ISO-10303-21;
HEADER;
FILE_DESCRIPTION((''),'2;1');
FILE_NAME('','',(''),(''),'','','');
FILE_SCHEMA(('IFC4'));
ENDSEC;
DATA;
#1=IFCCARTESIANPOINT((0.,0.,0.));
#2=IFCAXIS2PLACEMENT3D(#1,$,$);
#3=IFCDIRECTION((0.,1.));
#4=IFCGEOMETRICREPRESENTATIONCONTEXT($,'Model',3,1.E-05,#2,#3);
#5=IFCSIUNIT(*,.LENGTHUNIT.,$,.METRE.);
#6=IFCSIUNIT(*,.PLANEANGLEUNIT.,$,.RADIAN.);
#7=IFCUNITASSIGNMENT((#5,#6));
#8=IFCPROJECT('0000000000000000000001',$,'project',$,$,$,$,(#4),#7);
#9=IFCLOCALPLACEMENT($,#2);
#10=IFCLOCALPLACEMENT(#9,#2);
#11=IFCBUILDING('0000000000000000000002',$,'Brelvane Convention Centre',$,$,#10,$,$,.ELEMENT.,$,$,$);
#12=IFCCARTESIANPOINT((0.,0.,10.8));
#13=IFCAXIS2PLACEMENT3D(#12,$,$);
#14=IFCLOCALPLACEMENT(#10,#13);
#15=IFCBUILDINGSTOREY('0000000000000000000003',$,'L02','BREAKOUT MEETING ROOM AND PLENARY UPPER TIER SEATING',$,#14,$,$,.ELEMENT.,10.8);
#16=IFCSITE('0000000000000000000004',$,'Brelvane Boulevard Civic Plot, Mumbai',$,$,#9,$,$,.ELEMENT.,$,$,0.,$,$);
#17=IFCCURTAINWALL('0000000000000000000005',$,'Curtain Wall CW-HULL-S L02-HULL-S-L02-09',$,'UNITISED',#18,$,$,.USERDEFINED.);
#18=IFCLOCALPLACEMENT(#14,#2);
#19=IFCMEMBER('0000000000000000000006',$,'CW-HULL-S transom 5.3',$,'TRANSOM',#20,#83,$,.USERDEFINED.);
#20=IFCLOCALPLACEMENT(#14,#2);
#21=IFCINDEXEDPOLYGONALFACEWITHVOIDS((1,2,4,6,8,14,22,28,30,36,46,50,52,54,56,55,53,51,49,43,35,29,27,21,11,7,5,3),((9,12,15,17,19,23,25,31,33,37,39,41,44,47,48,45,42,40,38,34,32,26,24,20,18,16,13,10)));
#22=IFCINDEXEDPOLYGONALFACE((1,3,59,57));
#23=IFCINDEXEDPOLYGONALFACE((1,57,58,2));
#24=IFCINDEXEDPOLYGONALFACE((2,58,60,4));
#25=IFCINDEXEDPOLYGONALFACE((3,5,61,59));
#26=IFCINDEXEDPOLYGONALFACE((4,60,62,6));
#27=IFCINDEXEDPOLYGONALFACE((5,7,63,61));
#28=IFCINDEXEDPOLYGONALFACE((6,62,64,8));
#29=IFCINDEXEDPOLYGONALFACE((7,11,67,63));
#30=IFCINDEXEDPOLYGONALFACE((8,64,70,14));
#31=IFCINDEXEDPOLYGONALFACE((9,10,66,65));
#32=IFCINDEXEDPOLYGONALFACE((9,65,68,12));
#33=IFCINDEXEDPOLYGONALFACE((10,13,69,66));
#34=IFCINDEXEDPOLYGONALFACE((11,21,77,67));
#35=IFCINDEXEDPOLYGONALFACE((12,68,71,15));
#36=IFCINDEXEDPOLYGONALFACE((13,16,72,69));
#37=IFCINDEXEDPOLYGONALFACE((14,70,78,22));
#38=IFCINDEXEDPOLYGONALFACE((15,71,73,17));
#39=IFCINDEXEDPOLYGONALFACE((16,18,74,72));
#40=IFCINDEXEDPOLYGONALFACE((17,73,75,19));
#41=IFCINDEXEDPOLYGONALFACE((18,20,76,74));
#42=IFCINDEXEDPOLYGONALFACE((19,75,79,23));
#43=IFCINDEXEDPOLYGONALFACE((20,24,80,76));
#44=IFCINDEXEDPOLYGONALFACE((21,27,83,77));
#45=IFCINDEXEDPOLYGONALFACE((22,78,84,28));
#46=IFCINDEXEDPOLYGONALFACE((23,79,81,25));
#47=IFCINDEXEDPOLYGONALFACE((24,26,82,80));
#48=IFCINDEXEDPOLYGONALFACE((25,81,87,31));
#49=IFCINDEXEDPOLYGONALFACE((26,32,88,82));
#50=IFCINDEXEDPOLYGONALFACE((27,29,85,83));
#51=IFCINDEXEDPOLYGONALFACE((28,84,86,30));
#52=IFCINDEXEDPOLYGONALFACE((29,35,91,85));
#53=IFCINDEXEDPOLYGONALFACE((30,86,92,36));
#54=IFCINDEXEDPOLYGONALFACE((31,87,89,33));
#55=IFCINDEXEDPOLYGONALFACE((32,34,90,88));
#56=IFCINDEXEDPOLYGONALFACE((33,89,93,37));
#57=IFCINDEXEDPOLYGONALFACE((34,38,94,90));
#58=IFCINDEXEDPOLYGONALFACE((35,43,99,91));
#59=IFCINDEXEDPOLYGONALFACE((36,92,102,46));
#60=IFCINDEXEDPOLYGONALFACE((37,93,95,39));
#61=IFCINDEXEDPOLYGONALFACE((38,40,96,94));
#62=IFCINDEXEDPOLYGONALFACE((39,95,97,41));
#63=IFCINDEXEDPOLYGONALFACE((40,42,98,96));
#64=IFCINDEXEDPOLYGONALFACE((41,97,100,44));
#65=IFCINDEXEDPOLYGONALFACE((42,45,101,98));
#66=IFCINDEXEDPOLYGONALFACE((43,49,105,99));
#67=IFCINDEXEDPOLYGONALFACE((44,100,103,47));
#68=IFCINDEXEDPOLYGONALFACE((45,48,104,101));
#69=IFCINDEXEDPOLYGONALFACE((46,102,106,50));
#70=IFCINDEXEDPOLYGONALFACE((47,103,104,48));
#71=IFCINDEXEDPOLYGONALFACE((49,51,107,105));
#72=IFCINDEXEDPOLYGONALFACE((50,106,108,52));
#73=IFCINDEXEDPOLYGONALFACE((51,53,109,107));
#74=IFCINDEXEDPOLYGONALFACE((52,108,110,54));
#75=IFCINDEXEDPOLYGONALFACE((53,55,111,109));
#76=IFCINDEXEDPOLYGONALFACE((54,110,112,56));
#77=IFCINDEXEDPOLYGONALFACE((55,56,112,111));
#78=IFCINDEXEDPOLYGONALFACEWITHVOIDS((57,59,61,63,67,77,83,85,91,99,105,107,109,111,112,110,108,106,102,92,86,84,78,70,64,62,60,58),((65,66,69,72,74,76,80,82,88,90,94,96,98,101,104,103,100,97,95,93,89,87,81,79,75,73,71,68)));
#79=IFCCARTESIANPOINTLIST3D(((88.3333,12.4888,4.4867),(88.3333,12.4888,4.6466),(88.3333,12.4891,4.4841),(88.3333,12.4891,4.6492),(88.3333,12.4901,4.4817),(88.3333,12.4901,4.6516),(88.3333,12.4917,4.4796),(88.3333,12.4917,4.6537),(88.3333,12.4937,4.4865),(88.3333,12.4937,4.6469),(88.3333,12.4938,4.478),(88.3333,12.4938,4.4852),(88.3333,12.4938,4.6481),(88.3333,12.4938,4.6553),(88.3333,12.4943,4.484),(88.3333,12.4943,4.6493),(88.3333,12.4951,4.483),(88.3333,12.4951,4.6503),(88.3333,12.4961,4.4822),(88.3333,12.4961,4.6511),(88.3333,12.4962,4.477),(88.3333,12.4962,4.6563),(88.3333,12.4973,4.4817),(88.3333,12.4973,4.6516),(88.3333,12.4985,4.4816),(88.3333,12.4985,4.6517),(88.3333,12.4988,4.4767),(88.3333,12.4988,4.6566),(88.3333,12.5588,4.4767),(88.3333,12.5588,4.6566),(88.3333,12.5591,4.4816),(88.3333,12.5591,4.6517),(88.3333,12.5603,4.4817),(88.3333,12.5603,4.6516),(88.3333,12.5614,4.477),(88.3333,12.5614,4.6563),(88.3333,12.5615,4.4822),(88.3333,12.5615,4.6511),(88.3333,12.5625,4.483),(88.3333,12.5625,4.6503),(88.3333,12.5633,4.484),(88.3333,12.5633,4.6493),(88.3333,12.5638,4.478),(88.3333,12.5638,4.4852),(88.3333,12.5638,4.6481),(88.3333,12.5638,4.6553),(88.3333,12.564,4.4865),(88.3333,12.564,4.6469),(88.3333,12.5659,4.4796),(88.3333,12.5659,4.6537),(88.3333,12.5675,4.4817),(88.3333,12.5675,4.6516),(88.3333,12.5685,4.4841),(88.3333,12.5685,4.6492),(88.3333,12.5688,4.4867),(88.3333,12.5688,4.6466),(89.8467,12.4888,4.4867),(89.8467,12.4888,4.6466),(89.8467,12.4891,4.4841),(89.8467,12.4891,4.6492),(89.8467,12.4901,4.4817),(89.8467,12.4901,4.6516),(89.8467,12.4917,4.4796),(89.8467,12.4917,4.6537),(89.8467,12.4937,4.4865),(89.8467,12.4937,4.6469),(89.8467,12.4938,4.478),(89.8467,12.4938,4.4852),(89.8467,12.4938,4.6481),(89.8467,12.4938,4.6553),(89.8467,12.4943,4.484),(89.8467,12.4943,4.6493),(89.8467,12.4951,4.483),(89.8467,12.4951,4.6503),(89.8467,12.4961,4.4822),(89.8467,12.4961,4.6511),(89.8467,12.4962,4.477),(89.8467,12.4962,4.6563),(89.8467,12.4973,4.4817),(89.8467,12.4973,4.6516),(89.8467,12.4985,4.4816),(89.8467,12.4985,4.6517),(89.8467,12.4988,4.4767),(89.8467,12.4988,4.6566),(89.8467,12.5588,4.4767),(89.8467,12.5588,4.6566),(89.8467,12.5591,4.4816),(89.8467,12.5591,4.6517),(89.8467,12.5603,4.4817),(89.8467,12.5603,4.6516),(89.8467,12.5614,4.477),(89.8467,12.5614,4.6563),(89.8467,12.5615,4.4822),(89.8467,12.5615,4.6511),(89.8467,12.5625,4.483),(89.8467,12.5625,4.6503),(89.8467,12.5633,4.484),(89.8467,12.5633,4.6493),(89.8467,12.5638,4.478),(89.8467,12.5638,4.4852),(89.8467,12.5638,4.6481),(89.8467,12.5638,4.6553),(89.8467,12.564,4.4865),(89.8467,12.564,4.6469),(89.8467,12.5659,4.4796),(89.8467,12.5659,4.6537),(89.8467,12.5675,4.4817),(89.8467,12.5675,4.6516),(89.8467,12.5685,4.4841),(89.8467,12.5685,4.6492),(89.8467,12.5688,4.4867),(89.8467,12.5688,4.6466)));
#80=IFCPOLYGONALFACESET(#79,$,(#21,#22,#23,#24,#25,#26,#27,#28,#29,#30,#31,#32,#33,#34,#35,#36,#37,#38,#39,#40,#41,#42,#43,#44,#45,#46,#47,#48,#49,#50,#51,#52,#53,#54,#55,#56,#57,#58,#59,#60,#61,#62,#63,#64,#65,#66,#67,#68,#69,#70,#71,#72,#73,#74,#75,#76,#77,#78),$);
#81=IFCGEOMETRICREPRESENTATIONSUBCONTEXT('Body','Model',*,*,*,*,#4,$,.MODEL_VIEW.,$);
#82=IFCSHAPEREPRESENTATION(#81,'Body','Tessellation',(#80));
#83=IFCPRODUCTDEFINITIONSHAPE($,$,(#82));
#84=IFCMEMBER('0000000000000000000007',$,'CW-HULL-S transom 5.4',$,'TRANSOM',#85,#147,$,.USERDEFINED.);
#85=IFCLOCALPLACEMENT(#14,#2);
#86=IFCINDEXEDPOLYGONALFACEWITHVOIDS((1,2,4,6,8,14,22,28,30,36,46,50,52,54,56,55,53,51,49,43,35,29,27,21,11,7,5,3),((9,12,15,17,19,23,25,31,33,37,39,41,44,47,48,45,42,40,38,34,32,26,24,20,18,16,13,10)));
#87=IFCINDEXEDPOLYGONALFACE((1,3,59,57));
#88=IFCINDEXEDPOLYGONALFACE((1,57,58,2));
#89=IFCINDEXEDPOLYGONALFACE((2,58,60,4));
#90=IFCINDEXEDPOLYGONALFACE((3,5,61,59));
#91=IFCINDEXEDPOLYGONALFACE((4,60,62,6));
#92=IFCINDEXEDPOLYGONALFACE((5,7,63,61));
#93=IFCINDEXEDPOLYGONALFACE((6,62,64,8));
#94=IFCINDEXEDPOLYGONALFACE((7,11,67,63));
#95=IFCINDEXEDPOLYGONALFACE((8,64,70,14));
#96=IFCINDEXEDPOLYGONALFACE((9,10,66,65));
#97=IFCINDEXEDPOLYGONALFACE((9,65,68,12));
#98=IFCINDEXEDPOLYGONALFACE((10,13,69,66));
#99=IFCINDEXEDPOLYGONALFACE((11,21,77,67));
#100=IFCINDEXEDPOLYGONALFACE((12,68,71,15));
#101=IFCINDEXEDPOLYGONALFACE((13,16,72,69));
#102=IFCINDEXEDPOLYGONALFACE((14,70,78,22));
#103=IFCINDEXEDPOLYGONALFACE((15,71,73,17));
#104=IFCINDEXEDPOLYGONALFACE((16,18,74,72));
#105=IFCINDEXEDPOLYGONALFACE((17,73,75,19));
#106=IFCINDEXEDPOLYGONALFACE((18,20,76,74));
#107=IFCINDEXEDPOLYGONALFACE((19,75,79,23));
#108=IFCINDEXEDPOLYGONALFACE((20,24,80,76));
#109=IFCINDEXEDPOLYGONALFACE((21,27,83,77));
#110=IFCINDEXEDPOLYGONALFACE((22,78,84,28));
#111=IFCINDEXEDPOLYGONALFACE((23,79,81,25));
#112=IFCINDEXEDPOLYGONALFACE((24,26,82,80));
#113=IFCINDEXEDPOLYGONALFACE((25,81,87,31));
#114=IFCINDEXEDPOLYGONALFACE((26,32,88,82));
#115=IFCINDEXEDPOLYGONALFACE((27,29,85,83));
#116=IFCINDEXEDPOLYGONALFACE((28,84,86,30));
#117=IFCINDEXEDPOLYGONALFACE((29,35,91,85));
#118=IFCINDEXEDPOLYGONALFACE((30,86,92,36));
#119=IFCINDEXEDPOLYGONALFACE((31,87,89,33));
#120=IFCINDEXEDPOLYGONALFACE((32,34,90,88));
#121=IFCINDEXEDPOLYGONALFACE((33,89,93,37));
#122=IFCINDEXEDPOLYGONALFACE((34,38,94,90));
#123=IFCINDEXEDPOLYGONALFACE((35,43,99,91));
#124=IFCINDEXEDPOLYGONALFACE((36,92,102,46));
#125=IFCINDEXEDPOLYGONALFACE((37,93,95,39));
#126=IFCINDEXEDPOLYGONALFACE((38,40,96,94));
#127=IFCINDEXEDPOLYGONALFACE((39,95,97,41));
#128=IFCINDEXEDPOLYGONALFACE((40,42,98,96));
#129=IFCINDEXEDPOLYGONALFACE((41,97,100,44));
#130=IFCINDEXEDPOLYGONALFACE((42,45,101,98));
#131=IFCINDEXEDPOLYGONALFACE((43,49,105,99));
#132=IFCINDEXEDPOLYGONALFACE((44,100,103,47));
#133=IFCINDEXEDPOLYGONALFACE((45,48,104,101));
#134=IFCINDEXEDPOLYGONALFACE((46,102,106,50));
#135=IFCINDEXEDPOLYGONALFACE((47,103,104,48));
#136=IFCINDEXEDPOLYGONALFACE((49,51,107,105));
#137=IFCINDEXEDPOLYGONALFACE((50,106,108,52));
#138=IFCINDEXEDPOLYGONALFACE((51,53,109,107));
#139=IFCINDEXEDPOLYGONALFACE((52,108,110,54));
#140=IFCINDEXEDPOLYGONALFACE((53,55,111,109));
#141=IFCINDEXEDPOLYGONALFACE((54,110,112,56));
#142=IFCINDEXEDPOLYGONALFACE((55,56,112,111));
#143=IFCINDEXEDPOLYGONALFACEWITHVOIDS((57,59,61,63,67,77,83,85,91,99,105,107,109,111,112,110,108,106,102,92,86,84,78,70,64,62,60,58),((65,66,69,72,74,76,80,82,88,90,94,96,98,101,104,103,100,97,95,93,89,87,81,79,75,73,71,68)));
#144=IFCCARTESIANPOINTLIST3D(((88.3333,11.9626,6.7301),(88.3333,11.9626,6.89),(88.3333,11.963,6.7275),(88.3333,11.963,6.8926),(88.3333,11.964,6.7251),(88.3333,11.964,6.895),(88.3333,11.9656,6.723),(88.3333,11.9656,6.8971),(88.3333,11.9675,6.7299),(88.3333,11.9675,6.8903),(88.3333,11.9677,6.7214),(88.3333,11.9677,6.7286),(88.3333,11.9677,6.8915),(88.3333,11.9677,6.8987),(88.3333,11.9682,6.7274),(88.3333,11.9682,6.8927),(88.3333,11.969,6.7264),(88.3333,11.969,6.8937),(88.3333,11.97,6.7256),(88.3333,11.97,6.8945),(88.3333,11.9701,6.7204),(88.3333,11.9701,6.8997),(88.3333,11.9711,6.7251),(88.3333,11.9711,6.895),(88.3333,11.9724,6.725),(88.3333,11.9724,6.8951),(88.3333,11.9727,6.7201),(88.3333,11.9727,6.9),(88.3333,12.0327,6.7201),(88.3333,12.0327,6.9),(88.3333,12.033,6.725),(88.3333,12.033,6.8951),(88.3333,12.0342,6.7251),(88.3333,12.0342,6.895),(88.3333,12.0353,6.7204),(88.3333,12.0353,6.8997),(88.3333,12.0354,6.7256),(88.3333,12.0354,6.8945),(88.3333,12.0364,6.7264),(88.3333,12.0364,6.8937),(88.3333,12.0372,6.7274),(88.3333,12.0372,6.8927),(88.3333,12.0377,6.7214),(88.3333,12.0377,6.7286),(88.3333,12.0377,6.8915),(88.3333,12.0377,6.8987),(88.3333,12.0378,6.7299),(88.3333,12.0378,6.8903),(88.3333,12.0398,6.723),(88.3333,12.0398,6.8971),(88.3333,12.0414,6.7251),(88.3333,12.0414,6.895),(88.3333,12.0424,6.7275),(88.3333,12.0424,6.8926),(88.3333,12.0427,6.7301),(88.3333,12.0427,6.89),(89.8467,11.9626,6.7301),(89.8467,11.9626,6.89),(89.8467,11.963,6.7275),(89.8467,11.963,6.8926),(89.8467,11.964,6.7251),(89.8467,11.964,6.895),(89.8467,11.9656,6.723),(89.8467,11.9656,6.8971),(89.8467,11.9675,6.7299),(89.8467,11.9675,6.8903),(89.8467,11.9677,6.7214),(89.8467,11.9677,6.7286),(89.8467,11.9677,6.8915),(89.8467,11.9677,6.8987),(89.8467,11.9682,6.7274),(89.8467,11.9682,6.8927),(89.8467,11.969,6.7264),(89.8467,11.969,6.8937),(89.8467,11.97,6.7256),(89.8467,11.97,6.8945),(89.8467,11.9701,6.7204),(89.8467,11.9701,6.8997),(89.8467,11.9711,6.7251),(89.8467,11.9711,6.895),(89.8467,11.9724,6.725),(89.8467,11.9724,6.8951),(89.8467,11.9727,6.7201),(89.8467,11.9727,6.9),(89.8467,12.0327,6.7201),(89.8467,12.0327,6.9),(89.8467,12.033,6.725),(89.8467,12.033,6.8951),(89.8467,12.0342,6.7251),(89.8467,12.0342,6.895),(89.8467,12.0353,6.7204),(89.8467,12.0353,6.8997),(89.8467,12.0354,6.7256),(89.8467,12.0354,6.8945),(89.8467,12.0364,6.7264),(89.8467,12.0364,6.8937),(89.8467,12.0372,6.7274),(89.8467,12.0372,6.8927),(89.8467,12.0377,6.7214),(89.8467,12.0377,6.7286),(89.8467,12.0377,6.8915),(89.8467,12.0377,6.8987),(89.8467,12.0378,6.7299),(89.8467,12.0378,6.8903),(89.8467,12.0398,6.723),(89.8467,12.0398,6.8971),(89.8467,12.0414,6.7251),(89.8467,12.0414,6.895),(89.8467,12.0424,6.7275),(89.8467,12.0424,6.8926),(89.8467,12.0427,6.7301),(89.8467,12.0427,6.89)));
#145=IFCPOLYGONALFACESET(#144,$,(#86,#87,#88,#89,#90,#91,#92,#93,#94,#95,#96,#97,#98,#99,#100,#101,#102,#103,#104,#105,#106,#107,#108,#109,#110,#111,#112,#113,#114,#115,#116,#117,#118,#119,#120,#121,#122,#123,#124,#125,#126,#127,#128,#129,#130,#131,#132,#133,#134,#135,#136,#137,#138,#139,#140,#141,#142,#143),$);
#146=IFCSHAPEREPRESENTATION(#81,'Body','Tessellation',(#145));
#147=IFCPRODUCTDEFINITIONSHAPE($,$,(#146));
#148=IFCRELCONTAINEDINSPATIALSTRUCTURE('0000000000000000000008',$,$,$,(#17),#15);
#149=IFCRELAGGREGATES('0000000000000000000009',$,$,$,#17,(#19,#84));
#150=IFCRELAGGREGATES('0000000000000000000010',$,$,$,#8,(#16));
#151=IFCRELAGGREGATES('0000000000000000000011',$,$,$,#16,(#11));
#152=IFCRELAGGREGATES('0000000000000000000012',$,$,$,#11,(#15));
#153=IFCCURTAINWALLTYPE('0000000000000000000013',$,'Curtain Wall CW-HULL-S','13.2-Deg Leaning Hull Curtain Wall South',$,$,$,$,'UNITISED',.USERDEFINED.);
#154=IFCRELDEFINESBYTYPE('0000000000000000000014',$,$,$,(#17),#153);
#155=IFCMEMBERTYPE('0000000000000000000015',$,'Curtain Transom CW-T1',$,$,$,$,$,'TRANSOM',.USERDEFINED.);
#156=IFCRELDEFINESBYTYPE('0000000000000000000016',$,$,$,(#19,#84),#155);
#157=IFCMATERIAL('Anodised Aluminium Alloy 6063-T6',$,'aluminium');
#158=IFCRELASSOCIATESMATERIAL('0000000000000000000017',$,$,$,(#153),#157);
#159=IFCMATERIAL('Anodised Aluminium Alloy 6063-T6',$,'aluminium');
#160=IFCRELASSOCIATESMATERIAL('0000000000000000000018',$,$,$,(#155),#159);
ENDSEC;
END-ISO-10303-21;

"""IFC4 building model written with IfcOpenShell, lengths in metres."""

from ifc_helpers import new_model, si_unit, direction, frame, origin, origin_2d, place, context, subcontext, project, spatial, hollow_rectangle, extrude, material, material_profile, profile_set, type_object, element, aggregate, save


model = new_model("IFC4")

# Units and contexts
model_context = context("Model", 3, precision=1e-05, world=origin(), true_north=direction((0.0, 1.0)))
body_context = subcontext(model_context, "Body", "Model", "MODEL_VIEW")
ifc_project = project(units=[si_unit("LENGTHUNIT", "METRE"), si_unit("PLANEANGLEUNIT", "RADIAN")], contexts=[model_context])

# Site, building, storey
site_placement = place(None, origin())
site = spatial("IfcSite", under=ifc_project, at=site_placement, Name="Brelvane Boulevard Civic Plot, Mumbai", CompositionType="ELEMENT", RefElevation=0.0)
building_placement = place(site_placement, origin())
building = spatial("IfcBuilding", under=site, at=building_placement, Name="Brelvane Convention Centre", CompositionType="ELEMENT")
storey_placement = place(building_placement, frame((0.0, 0.0, 10.8)))
storey = spatial("IfcBuildingStorey", under=building, at=storey_placement, Name="L02", Description="BREAKOUT MEETING ROOM AND PLENARY UPPER TIER SEATING", CompositionType="ELEMENT", Elevation=10.8)

# Curtain wall, members
ifc_material_1 = material(Name="Anodised Aluminium Alloy 6063-T6", Category="aluminium")
curtain_wall_type = type_object("IfcCurtainWallType", Name="Curtain Wall CW-HULL-S", Description="13.2-Deg Leaning Hull Curtain Wall South", ElementType="UNITISED", PredefinedType="USERDEFINED", material=ifc_material_1)
curtain_wall_1_placement = place(storey_placement, origin())
curtain_wall_1 = element("IfcCurtainWall", 1, at=curtain_wall_1_placement, inside=storey, type_object=curtain_wall_type, Name="Curtain Wall CW-HULL-S L02-HULL-S-L02-09", ObjectType="UNITISED", PredefinedType="USERDEFINED")
ifc_material_2 = material(Name="Anodised Aluminium Alloy 6063-T6", Category="aluminium")
ifc_material_profile = material_profile(ifc_material_2, hollow_rectangle(XDim=0.0801, YDim=0.1799, WallThickness=0.0049, InnerFilletRadius=0.0049, OuterFilletRadius=0.01, at=origin_2d()), Name="ALU-T 180x80x5.0")
ifc_profile_set = profile_set([ifc_material_profile], Name="Anodised Aluminium Alloy 6063-T6")
member_type = type_object("IfcMemberType", Name="Curtain Transom CW-T1", ElementType="TRANSOM", PredefinedType="USERDEFINED", material=ifc_profile_set)
member_1_placement = place(storey_placement, frame((88.3333, 12.5288, 4.5667), z_axis=(1.0, 0.0, 0.0), x_axis=(0.0, 1.0, 0.0)))
member_1 = element("IfcMember", 2, at=member_1_placement, type_object=member_type, Name="CW-HULL-S transom 5.3", ObjectType="TRANSOM", PredefinedType="USERDEFINED", context=body_context, shape_type="SweptSolid", body=[
    extrude(hollow_rectangle(XDim=0.0801, YDim=0.1799, WallThickness=0.0049, InnerFilletRadius=0.0049, OuterFilletRadius=0.01, at=origin_2d()), origin(), (0.0, 0.0, 1.0), 1.5134),
])
member_2_placement = place(storey_placement, frame((88.3333, 12.0027, 6.8101), z_axis=(1.0, 0.0, 0.0), x_axis=(0.0, 1.0, 0.0)))
member_2 = element("IfcMember", 3, at=member_2_placement, type_object=member_type, Name="CW-HULL-S transom 5.4", ObjectType="TRANSOM", PredefinedType="USERDEFINED", context=body_context, shape_type="SweptSolid", body=[
    extrude(hollow_rectangle(XDim=0.0801, YDim=0.1799, WallThickness=0.0049, InnerFilletRadius=0.0049, OuterFilletRadius=0.01, at=origin_2d()), origin(), (0.0, 0.0, 1.0), 1.5134),
])

aggregate(curtain_wall_1, [member_1, member_2])

save(model, "model.ifc")
